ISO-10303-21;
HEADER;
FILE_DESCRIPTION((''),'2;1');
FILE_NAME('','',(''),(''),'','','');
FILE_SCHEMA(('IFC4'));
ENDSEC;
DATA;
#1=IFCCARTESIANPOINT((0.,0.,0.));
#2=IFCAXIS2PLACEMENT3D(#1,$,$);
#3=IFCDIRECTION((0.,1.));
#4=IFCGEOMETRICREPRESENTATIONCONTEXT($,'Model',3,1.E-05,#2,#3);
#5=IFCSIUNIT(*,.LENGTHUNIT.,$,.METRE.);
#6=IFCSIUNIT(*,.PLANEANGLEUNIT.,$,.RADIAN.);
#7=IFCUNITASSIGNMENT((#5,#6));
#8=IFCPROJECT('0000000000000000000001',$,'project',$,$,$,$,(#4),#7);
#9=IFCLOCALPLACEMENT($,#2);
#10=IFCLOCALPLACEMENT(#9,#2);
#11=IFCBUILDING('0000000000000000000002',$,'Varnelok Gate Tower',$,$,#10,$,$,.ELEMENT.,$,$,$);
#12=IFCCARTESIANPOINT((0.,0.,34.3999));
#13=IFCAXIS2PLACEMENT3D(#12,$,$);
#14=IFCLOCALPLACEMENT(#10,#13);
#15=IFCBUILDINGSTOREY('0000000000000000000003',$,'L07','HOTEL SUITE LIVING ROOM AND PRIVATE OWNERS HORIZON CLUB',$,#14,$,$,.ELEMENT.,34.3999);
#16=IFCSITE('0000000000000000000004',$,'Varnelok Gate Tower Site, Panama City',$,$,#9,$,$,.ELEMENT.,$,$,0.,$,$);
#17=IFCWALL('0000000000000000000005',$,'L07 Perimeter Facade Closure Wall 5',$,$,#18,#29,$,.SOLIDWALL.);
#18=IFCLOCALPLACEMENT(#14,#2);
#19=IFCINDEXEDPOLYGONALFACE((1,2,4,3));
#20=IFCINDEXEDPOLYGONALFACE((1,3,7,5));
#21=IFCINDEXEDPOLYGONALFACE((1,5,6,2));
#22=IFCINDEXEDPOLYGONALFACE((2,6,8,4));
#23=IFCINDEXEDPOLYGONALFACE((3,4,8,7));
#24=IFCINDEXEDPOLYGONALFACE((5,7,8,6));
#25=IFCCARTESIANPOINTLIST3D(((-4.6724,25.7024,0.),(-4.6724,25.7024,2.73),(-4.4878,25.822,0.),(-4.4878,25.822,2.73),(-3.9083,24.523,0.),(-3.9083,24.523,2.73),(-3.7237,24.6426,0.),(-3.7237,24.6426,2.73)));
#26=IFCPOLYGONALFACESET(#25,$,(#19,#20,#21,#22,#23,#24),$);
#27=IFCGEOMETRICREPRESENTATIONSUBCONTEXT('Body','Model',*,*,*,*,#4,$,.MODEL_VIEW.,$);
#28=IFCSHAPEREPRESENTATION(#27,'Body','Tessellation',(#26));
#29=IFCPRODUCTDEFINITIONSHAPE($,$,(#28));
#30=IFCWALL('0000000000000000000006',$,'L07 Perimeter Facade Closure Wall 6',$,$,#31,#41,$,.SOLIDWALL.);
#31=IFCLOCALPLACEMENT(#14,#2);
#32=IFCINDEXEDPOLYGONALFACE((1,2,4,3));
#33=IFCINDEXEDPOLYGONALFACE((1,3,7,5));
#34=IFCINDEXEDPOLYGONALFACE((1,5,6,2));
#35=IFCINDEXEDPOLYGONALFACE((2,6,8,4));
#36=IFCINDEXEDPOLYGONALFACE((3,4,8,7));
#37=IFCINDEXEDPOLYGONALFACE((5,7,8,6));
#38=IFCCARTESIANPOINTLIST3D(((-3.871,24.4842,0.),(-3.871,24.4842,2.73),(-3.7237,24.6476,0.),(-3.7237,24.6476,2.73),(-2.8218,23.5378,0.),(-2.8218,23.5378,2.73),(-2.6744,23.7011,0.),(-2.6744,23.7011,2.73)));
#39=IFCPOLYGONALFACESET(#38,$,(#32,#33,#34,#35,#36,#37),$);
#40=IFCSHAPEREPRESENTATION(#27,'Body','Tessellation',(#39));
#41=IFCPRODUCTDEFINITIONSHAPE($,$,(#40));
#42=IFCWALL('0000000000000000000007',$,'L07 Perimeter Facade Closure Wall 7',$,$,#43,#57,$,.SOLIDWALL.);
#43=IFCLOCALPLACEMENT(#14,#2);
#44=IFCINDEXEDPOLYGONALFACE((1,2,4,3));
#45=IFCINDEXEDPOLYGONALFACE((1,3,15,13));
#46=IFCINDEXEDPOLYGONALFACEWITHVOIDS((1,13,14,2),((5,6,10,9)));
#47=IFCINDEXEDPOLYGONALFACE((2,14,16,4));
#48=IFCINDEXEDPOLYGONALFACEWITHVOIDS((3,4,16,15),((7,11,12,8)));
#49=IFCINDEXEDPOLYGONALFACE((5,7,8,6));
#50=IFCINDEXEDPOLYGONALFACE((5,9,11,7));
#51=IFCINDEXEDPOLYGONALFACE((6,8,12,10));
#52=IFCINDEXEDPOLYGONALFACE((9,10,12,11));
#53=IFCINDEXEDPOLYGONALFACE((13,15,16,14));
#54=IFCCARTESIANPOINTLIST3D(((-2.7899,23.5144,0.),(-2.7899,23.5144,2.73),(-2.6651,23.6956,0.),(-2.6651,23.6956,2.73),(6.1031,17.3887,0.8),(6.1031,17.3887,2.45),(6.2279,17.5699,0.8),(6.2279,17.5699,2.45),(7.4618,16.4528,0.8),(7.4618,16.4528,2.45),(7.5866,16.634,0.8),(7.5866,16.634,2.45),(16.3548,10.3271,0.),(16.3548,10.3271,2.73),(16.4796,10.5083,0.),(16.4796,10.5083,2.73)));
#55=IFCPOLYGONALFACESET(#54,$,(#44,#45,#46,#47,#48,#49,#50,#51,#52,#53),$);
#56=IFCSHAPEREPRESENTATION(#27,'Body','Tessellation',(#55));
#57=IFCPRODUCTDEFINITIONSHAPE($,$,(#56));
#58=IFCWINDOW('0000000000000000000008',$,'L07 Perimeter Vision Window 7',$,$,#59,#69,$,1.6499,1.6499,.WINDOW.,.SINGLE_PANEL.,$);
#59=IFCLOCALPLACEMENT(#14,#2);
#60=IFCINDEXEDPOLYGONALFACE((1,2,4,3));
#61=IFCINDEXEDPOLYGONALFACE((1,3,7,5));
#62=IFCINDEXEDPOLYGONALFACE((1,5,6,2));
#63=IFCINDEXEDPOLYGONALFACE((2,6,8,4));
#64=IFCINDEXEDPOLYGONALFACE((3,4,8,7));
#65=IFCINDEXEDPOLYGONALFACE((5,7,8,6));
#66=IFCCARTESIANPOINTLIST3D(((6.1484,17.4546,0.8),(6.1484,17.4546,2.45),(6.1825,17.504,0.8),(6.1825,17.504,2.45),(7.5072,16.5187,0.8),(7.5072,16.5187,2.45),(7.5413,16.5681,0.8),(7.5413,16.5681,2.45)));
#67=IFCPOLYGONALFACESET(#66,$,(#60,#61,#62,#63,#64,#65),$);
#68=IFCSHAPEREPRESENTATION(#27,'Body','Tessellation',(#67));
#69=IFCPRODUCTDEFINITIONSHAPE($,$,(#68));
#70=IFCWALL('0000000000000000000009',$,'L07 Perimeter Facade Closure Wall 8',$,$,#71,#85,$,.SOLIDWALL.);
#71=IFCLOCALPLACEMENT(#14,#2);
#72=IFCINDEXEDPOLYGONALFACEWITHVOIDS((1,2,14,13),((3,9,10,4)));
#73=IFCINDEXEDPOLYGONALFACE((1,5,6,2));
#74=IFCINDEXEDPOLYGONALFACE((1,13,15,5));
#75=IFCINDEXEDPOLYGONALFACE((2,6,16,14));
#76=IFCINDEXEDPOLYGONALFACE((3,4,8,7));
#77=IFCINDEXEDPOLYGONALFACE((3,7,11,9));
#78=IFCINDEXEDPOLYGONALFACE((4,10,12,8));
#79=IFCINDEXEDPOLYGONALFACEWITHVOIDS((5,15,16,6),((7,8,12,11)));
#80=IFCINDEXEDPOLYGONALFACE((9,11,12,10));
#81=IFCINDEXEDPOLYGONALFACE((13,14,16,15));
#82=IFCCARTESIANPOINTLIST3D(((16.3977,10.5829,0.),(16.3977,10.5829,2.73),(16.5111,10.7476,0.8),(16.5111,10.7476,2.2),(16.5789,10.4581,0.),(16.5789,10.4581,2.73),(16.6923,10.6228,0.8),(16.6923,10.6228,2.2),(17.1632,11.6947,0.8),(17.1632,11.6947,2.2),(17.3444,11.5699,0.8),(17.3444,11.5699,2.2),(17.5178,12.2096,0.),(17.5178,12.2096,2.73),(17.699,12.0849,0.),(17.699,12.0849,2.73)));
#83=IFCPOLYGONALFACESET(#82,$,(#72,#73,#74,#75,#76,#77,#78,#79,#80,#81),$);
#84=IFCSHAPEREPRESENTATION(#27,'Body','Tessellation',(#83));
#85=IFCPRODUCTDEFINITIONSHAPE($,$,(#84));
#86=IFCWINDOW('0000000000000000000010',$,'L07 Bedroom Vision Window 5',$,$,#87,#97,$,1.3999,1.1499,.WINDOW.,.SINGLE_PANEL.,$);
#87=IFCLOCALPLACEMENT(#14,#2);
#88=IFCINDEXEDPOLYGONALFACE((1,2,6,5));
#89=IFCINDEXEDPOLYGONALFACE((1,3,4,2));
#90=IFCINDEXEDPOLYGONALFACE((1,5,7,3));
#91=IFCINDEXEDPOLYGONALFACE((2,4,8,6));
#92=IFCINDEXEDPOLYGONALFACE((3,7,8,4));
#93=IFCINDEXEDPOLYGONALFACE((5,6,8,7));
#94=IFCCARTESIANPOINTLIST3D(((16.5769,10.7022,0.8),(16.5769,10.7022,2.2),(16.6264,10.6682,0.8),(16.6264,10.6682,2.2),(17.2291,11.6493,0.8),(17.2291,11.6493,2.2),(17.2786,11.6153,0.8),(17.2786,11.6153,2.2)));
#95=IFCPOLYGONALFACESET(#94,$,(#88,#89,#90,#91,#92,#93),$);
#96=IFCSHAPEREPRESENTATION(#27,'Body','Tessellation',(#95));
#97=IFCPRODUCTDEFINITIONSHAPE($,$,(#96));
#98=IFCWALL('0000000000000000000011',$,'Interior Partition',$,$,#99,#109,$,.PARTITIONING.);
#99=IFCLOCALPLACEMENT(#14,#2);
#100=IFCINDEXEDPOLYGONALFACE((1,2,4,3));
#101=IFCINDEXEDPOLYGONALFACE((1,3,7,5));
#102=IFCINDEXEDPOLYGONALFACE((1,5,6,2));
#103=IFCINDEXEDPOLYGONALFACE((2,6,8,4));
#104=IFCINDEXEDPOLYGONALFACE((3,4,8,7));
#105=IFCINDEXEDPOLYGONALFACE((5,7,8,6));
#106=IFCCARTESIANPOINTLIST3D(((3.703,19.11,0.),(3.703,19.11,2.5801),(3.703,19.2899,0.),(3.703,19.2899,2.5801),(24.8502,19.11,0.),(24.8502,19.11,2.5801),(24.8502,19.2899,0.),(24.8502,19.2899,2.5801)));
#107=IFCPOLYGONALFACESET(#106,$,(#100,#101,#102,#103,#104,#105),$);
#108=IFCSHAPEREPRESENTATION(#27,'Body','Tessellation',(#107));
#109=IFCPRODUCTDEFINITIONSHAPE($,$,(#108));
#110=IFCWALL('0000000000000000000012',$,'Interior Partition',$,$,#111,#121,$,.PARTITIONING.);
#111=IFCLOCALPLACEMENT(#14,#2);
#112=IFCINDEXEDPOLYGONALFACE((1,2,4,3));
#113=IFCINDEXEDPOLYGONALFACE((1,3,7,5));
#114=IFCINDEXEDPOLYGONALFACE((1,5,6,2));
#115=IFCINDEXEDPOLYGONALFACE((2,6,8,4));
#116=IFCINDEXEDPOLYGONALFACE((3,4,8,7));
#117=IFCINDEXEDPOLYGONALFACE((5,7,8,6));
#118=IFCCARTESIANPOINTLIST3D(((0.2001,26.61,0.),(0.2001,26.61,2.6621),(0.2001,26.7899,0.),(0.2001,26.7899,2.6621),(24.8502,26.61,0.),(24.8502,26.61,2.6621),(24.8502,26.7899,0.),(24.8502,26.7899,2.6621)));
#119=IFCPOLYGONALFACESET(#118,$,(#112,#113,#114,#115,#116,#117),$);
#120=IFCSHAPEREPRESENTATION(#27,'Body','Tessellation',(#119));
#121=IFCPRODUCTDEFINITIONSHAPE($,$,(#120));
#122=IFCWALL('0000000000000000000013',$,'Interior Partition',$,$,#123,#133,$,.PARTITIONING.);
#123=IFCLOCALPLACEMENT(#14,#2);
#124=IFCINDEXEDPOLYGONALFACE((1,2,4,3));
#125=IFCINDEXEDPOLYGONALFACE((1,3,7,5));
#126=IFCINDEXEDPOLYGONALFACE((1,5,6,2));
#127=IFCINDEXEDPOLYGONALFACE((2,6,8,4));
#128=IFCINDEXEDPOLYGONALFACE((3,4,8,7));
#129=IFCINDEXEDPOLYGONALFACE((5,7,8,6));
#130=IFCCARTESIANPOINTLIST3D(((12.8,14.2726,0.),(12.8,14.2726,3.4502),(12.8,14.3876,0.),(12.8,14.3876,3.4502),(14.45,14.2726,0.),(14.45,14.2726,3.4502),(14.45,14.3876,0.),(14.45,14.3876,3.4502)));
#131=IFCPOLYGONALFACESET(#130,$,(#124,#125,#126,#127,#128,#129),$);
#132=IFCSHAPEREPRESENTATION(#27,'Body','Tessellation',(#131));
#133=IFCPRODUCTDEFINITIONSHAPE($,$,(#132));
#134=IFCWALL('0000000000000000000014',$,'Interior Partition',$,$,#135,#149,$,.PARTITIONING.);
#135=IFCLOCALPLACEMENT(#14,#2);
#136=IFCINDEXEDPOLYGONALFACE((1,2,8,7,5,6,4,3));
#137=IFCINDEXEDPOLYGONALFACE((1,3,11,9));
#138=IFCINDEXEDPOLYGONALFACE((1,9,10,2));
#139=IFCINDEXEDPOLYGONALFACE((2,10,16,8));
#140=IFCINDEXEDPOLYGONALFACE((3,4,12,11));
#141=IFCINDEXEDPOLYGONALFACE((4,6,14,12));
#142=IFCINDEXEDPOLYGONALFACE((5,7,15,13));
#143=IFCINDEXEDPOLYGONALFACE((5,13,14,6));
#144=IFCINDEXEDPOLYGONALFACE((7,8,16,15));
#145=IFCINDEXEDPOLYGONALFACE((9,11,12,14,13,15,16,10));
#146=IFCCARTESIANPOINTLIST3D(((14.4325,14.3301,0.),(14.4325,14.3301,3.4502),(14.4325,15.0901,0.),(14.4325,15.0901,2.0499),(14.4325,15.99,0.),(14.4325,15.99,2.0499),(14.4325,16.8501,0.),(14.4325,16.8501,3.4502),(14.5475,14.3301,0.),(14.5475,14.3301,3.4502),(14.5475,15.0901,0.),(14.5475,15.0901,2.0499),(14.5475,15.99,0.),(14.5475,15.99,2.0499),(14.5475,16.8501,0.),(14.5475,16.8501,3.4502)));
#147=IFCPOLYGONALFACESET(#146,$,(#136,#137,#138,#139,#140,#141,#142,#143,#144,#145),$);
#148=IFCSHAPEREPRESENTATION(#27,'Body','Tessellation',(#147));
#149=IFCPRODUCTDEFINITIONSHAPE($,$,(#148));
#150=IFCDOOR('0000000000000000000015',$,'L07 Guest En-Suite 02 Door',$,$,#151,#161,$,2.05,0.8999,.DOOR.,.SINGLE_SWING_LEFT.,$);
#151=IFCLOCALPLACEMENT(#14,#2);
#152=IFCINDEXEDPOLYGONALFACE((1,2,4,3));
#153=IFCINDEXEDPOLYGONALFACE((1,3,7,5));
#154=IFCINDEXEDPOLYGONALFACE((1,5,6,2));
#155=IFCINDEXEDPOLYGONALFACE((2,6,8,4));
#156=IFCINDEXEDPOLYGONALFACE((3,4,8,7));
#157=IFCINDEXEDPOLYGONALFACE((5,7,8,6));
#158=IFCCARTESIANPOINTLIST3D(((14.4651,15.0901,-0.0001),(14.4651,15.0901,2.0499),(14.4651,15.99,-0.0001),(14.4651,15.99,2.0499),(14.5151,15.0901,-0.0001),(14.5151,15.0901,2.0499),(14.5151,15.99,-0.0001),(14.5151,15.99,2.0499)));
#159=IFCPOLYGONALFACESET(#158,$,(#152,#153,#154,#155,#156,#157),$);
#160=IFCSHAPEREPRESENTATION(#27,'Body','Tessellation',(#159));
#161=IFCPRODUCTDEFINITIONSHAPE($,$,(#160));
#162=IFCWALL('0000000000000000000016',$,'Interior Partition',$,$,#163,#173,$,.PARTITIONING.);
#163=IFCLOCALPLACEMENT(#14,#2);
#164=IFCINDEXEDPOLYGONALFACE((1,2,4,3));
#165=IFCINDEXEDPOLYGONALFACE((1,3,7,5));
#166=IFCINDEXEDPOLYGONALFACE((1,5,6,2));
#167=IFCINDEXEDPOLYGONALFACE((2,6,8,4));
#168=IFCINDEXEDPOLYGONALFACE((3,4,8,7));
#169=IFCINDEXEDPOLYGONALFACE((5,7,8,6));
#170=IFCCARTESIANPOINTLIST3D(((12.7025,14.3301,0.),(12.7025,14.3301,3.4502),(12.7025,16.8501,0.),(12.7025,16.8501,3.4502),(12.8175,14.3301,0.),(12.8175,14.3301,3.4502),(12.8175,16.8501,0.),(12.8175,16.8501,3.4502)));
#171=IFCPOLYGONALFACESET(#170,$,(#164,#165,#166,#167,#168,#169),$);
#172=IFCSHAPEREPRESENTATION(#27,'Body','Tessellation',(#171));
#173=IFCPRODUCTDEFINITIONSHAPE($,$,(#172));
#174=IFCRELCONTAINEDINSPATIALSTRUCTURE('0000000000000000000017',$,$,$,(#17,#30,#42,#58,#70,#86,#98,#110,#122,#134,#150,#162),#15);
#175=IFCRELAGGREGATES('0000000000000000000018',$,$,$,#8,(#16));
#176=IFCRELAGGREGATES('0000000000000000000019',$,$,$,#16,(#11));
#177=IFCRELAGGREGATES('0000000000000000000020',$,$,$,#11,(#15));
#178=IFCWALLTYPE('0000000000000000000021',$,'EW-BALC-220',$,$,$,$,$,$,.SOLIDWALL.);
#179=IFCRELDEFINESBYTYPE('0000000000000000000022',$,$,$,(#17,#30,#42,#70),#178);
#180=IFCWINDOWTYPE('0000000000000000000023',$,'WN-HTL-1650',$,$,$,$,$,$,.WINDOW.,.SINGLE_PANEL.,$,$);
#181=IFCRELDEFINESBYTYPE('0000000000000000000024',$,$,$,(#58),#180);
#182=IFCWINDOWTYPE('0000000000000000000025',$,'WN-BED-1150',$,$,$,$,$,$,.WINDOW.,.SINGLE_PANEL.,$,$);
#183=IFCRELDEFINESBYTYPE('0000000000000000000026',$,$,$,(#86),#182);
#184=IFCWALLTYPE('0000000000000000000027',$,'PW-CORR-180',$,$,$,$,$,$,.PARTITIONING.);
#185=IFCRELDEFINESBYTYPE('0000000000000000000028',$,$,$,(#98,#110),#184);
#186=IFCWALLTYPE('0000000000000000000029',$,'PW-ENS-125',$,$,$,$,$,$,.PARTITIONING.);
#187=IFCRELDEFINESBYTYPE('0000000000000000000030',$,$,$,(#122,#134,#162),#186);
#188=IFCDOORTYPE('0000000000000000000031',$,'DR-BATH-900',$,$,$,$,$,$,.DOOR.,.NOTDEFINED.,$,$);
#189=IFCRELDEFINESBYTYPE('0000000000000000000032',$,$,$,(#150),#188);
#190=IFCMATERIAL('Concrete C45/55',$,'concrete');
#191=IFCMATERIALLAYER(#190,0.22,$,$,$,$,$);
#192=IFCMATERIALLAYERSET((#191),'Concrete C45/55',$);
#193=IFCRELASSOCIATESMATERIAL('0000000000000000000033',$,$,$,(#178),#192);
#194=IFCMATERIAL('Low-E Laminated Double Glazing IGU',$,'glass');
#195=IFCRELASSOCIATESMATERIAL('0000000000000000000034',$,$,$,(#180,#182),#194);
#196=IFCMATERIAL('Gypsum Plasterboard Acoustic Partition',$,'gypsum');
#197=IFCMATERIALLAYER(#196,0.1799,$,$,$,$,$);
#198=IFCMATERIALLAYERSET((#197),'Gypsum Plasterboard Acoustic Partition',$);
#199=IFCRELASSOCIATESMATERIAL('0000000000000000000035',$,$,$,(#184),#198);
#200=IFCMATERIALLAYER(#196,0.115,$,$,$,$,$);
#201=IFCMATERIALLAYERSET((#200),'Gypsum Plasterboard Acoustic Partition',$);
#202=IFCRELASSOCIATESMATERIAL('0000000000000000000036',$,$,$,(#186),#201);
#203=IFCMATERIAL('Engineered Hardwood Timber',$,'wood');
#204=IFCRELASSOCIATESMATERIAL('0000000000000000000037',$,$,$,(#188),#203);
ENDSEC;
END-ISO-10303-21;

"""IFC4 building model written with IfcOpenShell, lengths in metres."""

from ifc_helpers import new_model, si_unit, direction, frame, frame_2d, origin, place, context, subcontext, project, spatial, rectangle, extrude, material, layer, layer_set, type_object, element, fill, save


model = new_model("IFC4")

# Units and contexts
model_context = context("Model", 3, precision=1e-05, world=origin(), true_north=direction((0.0, 1.0)))
body_context = subcontext(model_context, "Body", "Model", "MODEL_VIEW")
ifc_project = project(units=[si_unit("LENGTHUNIT", "METRE"), si_unit("PLANEANGLEUNIT", "RADIAN")], contexts=[model_context])

# Site, building, storey
site_placement = place(None, origin())
site = spatial("IfcSite", under=ifc_project, at=site_placement, Name="Varnelok Gate Tower Site, Panama City", CompositionType="ELEMENT", RefElevation=0.0)
building_placement = place(site_placement, origin())
building = spatial("IfcBuilding", under=site, at=building_placement, Name="Varnelok Gate Tower", CompositionType="ELEMENT")
storey_placement = place(building_placement, frame((0.0, 0.0, 34.3999)))
storey = spatial("IfcBuildingStorey", under=building, at=storey_placement, Name="L07", Description="HOTEL SUITE LIVING ROOM AND PRIVATE OWNERS HORIZON CLUB", CompositionType="ELEMENT", Elevation=34.3999)

# Shared definitions
ifc_material_1 = material(Name="Concrete C45/55", Category="concrete")

# Walls
ifc_layer_1 = layer(ifc_material_1, 0.22)
ifc_layer_set_1 = layer_set([ifc_layer_1], Name="Concrete C45/55")
wall_type_1 = type_object("IfcWallType", Name="EW-BALC-220", PredefinedType="SOLIDWALL", material=ifc_layer_set_1)
for number, where, z_axis, x_axis, name in (
    (1, (-4.5801, 25.7622, 0.0), (0.0, 0.0, 1.0), (0.543748, -0.839248, 0.0), "L07 Perimeter Facade Closure Wall 5"),
):
    element("IfcWall", number, at=place(storey_placement, frame(where, z_axis=z_axis, x_axis=x_axis)), inside=storey, type_object=wall_type_1, Name=name, PredefinedType="SOLIDWALL", context=body_context, shape_type="SweptSolid", body=[
        extrude(rectangle(XDim=1.4053, YDim=0.22, at=frame_2d((0.7026, 0.0))), origin(), (0.0, 0.0, 1.0), 2.73),
    ])
wall_1_placement = place(storey_placement, frame((-3.7974, 24.5659, 0.0), z_axis=(0.0, 0.0, 1.0), x_axis=(0.742538, -0.669804, 0.0)))
element("IfcWall", 2, at=wall_1_placement, inside=storey, type_object=wall_type_1, Name="L07 Perimeter Facade Closure Wall 6", PredefinedType="SOLIDWALL", context=body_context, shape_type="SweptSolid", body=[
    extrude(rectangle(XDim=1.4131, YDim=0.22, at=frame_2d((0.7065, 0.0))), origin(), (0.0, 0.0, 1.0), 2.73),
])

# Walls, openings, windows
wall_2_placement = place(storey_placement, frame((-2.7275, 23.605, 0.0), z_axis=(0.0, 0.0, 1.0), x_axis=(0.823535, -0.567265, 0.0)))
wall_2 = element("IfcWall", 3, at=wall_2_placement, inside=storey, type_object=wall_type_1, Name="L07 Perimeter Facade Closure Wall 7", PredefinedType="SOLIDWALL", context=body_context, shape_type="SweptSolid", body=[
    extrude(rectangle(XDim=23.2471, YDim=0.22, at=frame_2d((11.6235, 0.0))), origin(), (0.0, 0.0, 1.0), 2.73),
])
opening_1_placement = place(wall_2_placement, frame((10.7986, 0.0, 0.8)))
opening_1 = element("IfcOpeningElement", 4, at=opening_1_placement, cuts=wall_2, PredefinedType="OPENING", context=body_context, shape_type="SweptSolid", body=[
    extrude(rectangle(XDim=1.6499, YDim=1.6499, at=frame_2d((0.825, 0.825))), frame((0.0, 0.1199, 0.0), z_axis=(0.0, -1.0, 0.0), x_axis=(1.0, 0.0, 0.0)), (0.0, 0.0, 1.0), 0.24),
])
ifc_material_2 = material(Name="Low-E Laminated Double Glazing IGU", Category="glass")
window_type_1 = type_object("IfcWindowType", Name="WN-HTL-1650", PartitioningType="SINGLE_PANEL", PredefinedType="WINDOW", material=ifc_material_2)
window_1_placement = place(opening_1_placement, origin())
window_1 = element("IfcWindow", 5, at=window_1_placement, inside=storey, type_object=window_type_1, Name="L07 Perimeter Vision Window 7", OverallHeight=1.6499, OverallWidth=1.6499, PartitioningType="SINGLE_PANEL", PredefinedType="WINDOW", context=body_context, shape_type="SweptSolid", body=[
    extrude(rectangle(XDim=1.6499, YDim=1.6499, at=frame_2d((0.825, 0.825))), frame((0.0, 0.03, 0.0), z_axis=(0.0, -1.0, 0.0), x_axis=(1.0, 0.0, 0.0)), (0.0, 0.0, 1.0), 0.0601),
])
fill(opening_1, window_1)
wall_3_placement = place(storey_placement, frame((16.4883, 10.5205, 0.0), z_axis=(0.0, 0.0, 1.0), x_axis=(0.567132, 0.823627, 0.0)))
wall_3 = element("IfcWall", 6, at=wall_3_placement, inside=storey, type_object=wall_type_1, Name="L07 Perimeter Facade Closure Wall 8", PredefinedType="SOLIDWALL", context=body_context, shape_type="SweptSolid", body=[
    extrude(rectangle(XDim=1.9751, YDim=0.22, at=frame_2d((0.9875, 0.0))), origin(), (0.0, 0.0, 1.0), 2.73),
])
opening_2_placement = place(wall_3_placement, frame((0.2, 0.0, 0.8)))
opening_2 = element("IfcOpeningElement", 7, at=opening_2_placement, cuts=wall_3, PredefinedType="OPENING", context=body_context, shape_type="SweptSolid", body=[
    extrude(rectangle(XDim=1.1499, YDim=1.3999, at=frame_2d((0.575, 0.7))), frame((0.0, 0.1199, 0.0), z_axis=(0.0, -1.0, 0.0), x_axis=(1.0, 0.0, 0.0)), (0.0, 0.0, 1.0), 0.24),
])
window_type_2 = type_object("IfcWindowType", Name="WN-BED-1150", PartitioningType="SINGLE_PANEL", PredefinedType="WINDOW", material=ifc_material_2)
window_2_placement = place(opening_2_placement, origin())
window_2 = element("IfcWindow", 8, at=window_2_placement, inside=storey, type_object=window_type_2, Name="L07 Bedroom Vision Window 5", OverallHeight=1.3999, OverallWidth=1.1499, PartitioningType="SINGLE_PANEL", PredefinedType="WINDOW", context=body_context, shape_type="SweptSolid", body=[
    extrude(rectangle(XDim=1.1499, YDim=1.3999, at=frame_2d((0.575, 0.7))), frame((0.0, 0.03, 0.0), z_axis=(0.0, -1.0, 0.0), x_axis=(1.0, 0.0, 0.0)), (0.0, 0.0, 1.0), 0.0601),
])
fill(opening_2, window_2)

# Shared definitions
ifc_material_3 = material(Name="Gypsum Plasterboard Acoustic Partition", Category="gypsum")
ifc_layer_2 = layer(ifc_material_3, 0.1799)
ifc_layer_set_2 = layer_set([ifc_layer_2], Name="Gypsum Plasterboard Acoustic Partition")
wall_type_2 = type_object("IfcWallType", Name="PW-CORR-180", PredefinedType="PARTITIONING", material=ifc_layer_set_2)
ifc_material_4 = material(Name="Engineered Hardwood Timber", Category="wood")

# Walls
wall_4_placement = place(storey_placement, frame((3.7029, 19.2, 0.0), z_axis=(0.0, 0.0, 1.0), x_axis=(1.0, 0.0, 0.0)))
element("IfcWall", 9, at=wall_4_placement, inside=storey, type_object=wall_type_2, Name="Interior Partition", PredefinedType="PARTITIONING", context=body_context, shape_type="SweptSolid", body=[
    extrude(rectangle(XDim=21.1472, YDim=0.1799, at=frame_2d((10.5737, 0.0))), origin(), (0.0, 0.0, 1.0), 2.5801),
])
wall_5_placement = place(storey_placement, frame((0.2, 26.7, 0.0), z_axis=(0.0, 0.0, 1.0), x_axis=(1.0, 0.0, 0.0)))
element("IfcWall", 10, at=wall_5_placement, inside=storey, type_object=wall_type_2, Name="Interior Partition", PredefinedType="PARTITIONING", context=body_context, shape_type="SweptSolid", body=[
    extrude(rectangle(XDim=24.6501, YDim=0.1799, at=frame_2d((12.3252, 0.0))), origin(), (0.0, 0.0, 1.0), 2.6621),
])
ifc_layer_3 = layer(ifc_material_3, 0.115)
ifc_layer_set_3 = layer_set([ifc_layer_3], Name="Gypsum Plasterboard Acoustic Partition")
wall_type_3 = type_object("IfcWallType", Name="PW-ENS-125", PredefinedType="PARTITIONING", material=ifc_layer_set_3)
wall_6_placement = place(storey_placement, frame((12.8, 14.3301, 0.0), z_axis=(0.0, 0.0, 1.0), x_axis=(1.0, 0.0, 0.0)))
element("IfcWall", 11, at=wall_6_placement, inside=storey, type_object=wall_type_3, Name="Interior Partition", PredefinedType="PARTITIONING", context=body_context, shape_type="SweptSolid", body=[
    extrude(rectangle(XDim=1.6499, YDim=0.115, at=frame_2d((0.825, 0.0))), origin(), (0.0, 0.0, 1.0), 3.4502),
])

# Wall, opening, door
wall_7_placement = place(storey_placement, frame((14.49, 14.3301, 0.0), z_axis=(0.0, 0.0, 1.0), x_axis=(0.0, 1.0, 0.0)))
wall_7 = element("IfcWall", 12, at=wall_7_placement, inside=storey, type_object=wall_type_3, Name="Interior Partition", PredefinedType="PARTITIONING", context=body_context, shape_type="SweptSolid", body=[
    extrude(rectangle(XDim=2.52, YDim=0.115, at=frame_2d((1.26, 0.0))), origin(), (0.0, 0.0, 1.0), 3.4502),
])
opening_3_placement = place(wall_7_placement, frame((0.76, 0.0, 0.0)))
opening_3 = element("IfcOpeningElement", 13, at=opening_3_placement, cuts=wall_7, PredefinedType="OPENING", context=body_context, shape_type="SweptSolid", body=[
    extrude(rectangle(XDim=0.8999, YDim=2.05, at=frame_2d((0.45, 1.0249))), frame((0.0, 0.0674, 0.0), z_axis=(0.0, -1.0, 0.0), x_axis=(1.0, 0.0, 0.0)), (0.0, 0.0, 1.0), 0.135),
])
door_type_1 = type_object("IfcDoorType", Name="DR-BATH-900", OperationType="NOTDEFINED", PredefinedType="DOOR", material=ifc_material_4)
door_1_placement = place(opening_3_placement, origin())
door_1 = element("IfcDoor", 14, at=door_1_placement, inside=storey, type_object=door_type_1, Name="L07 Guest En-Suite 02 Door", OperationType="SINGLE_SWING_LEFT", OverallHeight=2.05, OverallWidth=0.8999, PredefinedType="DOOR", context=body_context, shape_type="SweptSolid", body=[
    extrude(rectangle(XDim=0.8999, YDim=2.05, at=frame_2d((0.45, 1.0249))), frame((0.0, 0.0249, 0.0), z_axis=(0.0, -1.0, 0.0), x_axis=(1.0, 0.0, 0.0)), (0.0, 0.0, 1.0), 0.05),
])
fill(opening_3, door_1)

# Wall
wall_8_placement = place(storey_placement, frame((12.76, 14.3301, 0.0), z_axis=(0.0, 0.0, 1.0), x_axis=(0.0, 1.0, 0.0)))
element("IfcWall", 15, at=wall_8_placement, inside=storey, type_object=wall_type_3, Name="Interior Partition", PredefinedType="PARTITIONING", context=body_context, shape_type="SweptSolid", body=[
    extrude(rectangle(XDim=2.52, YDim=0.115, at=frame_2d((1.26, 0.0))), origin(), (0.0, 0.0, 1.0), 3.4502),
])

save(model, "model.ifc")
